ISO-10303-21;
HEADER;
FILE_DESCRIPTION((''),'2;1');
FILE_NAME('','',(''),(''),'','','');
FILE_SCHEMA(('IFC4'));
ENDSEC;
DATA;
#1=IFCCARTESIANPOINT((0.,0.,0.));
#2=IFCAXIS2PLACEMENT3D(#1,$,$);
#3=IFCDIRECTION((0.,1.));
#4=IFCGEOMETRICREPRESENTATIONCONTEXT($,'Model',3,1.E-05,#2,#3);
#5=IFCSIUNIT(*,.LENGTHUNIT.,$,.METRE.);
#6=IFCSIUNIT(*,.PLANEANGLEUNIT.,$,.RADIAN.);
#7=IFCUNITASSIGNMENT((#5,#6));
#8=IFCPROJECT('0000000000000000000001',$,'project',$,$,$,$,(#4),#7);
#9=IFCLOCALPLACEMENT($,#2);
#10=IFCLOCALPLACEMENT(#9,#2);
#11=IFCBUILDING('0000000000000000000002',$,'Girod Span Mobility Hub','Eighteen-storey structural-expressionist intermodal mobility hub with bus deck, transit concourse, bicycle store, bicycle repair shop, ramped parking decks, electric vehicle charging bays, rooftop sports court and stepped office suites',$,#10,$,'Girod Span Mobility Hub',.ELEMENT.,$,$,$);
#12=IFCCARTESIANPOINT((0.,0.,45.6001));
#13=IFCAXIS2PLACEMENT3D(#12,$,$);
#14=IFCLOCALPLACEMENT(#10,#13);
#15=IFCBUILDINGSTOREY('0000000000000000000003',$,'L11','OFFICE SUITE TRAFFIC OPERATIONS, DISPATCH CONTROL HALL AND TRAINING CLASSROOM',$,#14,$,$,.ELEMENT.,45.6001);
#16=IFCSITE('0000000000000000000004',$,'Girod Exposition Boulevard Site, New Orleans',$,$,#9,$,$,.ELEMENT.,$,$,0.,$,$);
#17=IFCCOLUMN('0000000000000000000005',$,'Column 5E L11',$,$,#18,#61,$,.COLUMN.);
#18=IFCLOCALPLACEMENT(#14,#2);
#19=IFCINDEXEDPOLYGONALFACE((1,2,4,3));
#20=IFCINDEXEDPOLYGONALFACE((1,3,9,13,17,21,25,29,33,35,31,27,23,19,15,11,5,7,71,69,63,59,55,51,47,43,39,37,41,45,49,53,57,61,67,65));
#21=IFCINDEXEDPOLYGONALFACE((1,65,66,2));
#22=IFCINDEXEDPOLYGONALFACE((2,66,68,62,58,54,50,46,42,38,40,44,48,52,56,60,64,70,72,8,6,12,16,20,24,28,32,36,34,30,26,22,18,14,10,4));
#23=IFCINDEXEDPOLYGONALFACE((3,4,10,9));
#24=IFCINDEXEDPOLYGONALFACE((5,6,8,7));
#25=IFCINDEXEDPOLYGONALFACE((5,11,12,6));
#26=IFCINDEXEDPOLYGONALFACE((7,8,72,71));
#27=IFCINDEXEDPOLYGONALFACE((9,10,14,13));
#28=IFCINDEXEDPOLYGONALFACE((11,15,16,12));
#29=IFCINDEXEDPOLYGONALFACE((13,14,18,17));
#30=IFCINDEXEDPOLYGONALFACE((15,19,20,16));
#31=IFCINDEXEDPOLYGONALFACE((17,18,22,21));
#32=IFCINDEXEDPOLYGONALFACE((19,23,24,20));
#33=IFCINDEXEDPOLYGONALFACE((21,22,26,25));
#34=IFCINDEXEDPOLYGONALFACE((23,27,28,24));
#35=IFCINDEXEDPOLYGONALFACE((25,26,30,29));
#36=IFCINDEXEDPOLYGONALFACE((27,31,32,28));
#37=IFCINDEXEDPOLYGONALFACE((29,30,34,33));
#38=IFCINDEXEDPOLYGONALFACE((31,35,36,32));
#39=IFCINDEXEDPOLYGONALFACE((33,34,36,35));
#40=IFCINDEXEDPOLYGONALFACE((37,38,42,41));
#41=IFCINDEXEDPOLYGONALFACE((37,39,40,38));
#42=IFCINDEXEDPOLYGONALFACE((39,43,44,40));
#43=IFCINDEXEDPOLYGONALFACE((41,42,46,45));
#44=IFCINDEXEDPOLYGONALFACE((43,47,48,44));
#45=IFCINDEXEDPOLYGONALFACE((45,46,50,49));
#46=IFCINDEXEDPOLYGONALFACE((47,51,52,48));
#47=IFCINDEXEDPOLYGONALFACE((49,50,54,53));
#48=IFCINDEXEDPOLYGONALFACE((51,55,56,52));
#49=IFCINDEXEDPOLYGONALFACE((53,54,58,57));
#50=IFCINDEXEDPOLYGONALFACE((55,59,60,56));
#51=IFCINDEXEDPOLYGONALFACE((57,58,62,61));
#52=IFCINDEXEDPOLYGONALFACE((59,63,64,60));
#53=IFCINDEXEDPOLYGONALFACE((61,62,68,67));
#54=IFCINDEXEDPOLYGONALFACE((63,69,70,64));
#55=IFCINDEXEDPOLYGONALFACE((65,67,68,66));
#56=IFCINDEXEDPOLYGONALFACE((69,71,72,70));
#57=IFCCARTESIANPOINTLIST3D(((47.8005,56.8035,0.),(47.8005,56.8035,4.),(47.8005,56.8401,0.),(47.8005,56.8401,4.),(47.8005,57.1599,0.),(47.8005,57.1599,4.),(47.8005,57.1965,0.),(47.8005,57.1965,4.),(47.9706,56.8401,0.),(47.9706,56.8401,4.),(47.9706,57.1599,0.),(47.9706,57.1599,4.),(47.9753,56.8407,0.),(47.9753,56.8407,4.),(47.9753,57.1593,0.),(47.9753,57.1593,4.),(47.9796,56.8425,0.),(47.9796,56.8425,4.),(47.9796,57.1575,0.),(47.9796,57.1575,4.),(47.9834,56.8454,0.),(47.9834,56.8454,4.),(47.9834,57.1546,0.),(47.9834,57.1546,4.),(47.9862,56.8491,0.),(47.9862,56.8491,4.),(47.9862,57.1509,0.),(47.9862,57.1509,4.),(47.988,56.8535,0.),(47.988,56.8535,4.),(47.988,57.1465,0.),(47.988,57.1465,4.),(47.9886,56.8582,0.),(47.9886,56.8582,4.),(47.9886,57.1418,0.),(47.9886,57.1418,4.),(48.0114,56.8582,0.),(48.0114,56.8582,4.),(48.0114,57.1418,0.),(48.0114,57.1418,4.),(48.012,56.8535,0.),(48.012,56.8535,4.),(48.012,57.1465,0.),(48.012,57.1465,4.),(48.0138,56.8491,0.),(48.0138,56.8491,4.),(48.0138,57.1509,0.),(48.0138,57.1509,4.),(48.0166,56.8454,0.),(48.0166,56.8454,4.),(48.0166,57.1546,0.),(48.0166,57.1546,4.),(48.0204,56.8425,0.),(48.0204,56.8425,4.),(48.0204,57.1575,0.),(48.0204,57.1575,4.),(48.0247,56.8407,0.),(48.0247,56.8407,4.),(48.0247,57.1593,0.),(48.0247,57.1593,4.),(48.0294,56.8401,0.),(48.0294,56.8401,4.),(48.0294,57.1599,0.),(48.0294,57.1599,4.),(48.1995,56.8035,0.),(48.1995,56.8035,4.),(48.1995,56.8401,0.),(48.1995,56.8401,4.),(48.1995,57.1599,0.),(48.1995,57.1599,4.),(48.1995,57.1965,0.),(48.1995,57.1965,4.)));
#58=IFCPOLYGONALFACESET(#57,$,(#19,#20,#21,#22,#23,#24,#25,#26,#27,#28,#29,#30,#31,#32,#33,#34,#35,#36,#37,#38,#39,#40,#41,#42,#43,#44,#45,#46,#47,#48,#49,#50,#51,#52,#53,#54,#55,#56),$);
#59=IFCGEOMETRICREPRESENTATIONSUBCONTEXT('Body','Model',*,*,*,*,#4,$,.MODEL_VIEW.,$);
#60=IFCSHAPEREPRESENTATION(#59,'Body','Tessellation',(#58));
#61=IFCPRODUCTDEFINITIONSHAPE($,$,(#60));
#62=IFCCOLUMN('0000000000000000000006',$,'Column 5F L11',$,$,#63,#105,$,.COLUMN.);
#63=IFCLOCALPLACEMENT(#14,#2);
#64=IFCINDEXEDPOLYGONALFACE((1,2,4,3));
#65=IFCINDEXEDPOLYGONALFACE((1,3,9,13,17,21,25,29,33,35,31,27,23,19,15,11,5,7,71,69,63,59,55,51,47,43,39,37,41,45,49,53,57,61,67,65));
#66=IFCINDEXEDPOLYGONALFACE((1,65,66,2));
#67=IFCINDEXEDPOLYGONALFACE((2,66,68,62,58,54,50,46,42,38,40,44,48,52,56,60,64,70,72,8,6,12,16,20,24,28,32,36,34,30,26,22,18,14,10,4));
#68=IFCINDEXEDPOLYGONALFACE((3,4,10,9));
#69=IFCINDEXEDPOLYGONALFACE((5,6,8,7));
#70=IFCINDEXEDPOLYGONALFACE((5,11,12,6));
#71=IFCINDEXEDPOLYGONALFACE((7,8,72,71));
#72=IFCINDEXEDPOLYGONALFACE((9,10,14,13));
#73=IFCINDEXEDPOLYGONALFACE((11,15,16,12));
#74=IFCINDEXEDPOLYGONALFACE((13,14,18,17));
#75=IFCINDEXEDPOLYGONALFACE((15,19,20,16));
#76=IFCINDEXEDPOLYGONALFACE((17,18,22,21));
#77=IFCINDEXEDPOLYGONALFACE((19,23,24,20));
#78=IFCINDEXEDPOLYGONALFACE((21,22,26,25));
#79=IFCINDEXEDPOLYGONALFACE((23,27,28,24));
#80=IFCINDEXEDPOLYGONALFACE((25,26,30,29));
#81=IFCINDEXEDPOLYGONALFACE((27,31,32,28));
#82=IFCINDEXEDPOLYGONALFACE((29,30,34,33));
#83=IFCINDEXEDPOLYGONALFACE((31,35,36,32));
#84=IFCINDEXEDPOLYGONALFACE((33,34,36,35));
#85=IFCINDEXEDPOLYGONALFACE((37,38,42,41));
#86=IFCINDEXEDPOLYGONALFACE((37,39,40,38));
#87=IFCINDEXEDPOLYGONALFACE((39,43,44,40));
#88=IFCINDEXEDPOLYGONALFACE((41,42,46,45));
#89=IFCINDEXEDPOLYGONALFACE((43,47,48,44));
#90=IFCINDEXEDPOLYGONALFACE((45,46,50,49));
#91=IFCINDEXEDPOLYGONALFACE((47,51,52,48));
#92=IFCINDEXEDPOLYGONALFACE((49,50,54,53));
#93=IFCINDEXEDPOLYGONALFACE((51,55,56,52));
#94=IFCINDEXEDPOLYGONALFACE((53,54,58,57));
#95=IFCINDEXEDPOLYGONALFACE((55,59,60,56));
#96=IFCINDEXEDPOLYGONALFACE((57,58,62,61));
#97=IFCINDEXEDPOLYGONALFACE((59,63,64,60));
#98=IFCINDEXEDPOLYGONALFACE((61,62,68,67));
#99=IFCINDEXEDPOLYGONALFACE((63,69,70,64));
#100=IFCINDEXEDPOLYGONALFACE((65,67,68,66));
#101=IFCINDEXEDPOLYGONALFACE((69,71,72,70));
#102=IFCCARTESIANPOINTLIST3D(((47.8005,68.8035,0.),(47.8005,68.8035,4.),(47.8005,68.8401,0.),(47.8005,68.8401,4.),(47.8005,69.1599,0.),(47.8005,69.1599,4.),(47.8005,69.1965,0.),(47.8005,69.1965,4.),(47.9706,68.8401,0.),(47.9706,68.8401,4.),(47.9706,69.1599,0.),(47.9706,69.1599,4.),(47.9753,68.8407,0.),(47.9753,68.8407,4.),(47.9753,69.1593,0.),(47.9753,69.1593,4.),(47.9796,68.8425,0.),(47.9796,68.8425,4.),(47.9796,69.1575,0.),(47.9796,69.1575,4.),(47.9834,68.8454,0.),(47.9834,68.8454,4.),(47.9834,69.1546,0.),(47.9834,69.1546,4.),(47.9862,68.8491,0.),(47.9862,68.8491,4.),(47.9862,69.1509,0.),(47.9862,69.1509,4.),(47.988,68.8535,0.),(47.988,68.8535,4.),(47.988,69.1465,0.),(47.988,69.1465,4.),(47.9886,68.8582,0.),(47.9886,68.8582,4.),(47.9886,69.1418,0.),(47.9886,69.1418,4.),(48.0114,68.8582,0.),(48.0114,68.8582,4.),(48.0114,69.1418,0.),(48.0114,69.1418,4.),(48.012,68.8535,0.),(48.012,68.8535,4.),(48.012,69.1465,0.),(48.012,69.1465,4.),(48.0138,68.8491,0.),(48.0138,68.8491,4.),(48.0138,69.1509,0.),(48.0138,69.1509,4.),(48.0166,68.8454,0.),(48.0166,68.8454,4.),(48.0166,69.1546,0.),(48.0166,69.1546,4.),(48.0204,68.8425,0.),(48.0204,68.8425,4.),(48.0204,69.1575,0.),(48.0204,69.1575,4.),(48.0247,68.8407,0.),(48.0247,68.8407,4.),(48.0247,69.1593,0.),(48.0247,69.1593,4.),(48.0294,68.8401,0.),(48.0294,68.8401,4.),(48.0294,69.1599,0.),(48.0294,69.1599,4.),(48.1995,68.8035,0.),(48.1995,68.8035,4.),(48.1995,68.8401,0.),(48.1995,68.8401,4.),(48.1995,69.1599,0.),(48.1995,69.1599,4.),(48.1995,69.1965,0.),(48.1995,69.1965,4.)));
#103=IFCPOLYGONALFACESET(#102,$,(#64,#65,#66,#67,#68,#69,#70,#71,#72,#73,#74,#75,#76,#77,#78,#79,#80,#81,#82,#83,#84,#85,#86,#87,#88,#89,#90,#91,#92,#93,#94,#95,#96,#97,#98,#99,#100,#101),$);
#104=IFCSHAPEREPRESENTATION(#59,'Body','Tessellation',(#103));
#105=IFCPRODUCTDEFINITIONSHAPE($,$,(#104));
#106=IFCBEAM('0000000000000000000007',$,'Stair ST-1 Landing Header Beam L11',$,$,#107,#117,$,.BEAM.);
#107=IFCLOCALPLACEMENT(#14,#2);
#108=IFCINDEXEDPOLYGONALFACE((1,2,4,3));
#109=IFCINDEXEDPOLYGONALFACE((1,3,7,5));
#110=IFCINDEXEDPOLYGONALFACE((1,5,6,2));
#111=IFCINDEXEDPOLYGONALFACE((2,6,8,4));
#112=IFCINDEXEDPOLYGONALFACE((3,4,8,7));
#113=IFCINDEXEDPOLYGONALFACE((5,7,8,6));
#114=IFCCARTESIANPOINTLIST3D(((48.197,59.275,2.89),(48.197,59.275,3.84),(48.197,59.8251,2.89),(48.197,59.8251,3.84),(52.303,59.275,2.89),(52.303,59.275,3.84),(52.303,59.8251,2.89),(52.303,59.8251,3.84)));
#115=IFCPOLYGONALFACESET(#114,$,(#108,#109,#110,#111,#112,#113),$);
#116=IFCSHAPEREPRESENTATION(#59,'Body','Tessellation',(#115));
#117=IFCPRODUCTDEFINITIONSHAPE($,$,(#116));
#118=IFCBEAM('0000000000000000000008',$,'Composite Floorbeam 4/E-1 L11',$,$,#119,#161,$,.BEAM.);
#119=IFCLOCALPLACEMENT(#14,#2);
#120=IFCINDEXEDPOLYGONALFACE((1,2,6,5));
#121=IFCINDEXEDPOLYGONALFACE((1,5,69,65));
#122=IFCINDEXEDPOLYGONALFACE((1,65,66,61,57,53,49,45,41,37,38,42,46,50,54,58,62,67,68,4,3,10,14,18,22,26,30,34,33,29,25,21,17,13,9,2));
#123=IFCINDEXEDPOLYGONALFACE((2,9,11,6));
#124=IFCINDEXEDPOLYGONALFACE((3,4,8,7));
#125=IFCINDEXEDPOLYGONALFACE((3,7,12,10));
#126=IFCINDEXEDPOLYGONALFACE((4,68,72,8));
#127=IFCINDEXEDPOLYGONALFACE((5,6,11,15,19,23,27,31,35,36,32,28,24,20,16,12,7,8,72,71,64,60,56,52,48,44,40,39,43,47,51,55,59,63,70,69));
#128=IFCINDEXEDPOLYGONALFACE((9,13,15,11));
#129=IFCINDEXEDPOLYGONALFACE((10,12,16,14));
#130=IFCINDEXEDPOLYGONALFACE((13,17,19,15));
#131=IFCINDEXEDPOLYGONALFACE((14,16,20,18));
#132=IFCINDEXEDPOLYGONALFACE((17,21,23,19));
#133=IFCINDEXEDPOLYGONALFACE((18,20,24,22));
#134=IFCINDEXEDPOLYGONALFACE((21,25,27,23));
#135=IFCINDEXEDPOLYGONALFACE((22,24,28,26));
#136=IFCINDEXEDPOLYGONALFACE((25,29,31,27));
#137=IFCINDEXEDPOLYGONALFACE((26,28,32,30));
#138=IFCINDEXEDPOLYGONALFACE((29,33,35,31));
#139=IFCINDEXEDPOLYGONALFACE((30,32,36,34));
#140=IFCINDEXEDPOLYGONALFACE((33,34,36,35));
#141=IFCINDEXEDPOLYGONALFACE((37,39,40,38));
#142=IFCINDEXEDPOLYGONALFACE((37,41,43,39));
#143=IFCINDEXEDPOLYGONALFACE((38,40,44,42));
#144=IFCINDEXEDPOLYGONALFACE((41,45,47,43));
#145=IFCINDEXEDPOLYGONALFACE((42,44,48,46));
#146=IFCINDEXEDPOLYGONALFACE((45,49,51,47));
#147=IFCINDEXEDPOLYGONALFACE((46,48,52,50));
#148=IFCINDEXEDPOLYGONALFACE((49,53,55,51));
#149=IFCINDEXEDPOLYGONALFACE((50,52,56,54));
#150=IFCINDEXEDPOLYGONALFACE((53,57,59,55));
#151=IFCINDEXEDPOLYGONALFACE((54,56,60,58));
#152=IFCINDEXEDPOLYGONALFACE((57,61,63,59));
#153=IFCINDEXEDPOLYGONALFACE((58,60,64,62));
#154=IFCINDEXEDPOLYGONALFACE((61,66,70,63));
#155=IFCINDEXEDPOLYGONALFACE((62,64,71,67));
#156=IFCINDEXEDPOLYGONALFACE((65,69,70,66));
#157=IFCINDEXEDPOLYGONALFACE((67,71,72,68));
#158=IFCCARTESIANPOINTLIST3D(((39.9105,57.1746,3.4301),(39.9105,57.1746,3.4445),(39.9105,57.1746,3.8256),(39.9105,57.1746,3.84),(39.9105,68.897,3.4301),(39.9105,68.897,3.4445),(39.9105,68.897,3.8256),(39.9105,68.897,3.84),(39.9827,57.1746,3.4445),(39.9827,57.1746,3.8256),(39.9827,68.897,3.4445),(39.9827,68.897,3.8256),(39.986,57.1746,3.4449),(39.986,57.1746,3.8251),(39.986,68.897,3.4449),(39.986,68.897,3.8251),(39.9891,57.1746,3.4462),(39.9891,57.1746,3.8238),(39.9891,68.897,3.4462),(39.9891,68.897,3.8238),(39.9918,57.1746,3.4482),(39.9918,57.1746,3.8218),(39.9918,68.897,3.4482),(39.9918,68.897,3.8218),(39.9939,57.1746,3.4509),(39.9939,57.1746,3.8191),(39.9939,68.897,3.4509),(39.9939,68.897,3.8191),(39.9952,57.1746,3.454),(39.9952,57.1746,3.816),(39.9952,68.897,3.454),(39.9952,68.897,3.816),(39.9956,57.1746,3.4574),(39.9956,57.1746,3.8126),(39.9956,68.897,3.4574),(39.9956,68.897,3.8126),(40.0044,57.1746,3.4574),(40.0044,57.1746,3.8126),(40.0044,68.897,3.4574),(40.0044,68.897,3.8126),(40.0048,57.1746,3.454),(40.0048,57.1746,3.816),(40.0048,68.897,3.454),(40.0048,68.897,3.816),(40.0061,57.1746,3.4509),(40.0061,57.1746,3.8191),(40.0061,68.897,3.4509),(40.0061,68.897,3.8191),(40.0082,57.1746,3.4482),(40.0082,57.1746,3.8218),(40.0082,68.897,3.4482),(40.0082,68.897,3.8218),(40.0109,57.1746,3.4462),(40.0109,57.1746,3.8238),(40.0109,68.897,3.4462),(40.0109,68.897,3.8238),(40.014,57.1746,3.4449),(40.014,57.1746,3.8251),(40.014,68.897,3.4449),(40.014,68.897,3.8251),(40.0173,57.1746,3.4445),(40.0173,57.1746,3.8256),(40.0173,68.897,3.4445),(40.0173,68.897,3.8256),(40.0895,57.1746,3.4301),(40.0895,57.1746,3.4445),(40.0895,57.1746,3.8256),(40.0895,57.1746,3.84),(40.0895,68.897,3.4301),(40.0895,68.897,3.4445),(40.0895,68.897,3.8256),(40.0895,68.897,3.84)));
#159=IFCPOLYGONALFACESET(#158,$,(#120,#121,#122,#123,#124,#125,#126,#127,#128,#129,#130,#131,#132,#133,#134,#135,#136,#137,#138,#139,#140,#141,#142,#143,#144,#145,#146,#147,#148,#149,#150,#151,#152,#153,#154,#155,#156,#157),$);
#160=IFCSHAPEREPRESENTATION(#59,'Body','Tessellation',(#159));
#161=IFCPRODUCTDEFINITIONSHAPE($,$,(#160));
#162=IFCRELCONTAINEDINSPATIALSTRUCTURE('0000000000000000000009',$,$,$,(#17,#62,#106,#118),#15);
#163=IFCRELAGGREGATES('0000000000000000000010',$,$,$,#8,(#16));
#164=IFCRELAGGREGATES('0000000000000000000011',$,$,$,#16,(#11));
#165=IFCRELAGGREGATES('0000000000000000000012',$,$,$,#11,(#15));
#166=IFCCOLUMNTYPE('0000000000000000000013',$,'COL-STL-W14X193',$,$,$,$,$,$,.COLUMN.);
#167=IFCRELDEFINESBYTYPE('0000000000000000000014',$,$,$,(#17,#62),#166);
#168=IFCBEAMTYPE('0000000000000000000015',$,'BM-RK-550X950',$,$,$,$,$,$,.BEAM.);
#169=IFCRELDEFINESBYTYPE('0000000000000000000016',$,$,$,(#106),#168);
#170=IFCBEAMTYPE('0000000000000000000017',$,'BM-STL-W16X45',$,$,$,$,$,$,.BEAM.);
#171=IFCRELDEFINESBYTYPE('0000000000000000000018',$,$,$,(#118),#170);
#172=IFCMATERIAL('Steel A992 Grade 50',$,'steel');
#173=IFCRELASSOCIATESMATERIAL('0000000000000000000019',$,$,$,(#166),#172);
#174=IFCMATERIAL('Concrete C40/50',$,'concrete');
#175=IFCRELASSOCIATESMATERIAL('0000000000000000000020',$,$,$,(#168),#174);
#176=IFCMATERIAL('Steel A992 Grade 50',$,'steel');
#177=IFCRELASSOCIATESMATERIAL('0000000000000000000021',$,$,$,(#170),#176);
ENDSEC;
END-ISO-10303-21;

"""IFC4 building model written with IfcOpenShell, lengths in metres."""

from ifc_helpers import new_model, si_unit, direction, frame, origin, origin_2d, place, context, subcontext, project, spatial, rectangle, i_section, extrude, material, material_profile, profile_set, type_object, element, save


model = new_model("IFC4")

# Units and contexts
model_context = context("Model", 3, precision=1e-05, world=origin(), true_north=direction((0.0, 1.0)))
body_context = subcontext(model_context, "Body", "Model", "MODEL_VIEW")
ifc_project = project(units=[si_unit("LENGTHUNIT", "METRE"), si_unit("PLANEANGLEUNIT", "RADIAN")], contexts=[model_context])

# Site, building, storey
site_placement = place(None, origin())
site = spatial("IfcSite", under=ifc_project, at=site_placement, Name="Girod Exposition Boulevard Site, New Orleans", CompositionType="ELEMENT", RefElevation=0.0)
building_placement = place(site_placement, origin())
building = spatial("IfcBuilding", under=site, at=building_placement, Name="Girod Span Mobility Hub", Description="Eighteen-storey structural-expressionist intermodal mobility hub with bus deck, transit concourse, bicycle store, bicycle repair shop, ramped parking decks, electric vehicle charging bays, rooftop sports court and stepped office suites", LongName="Girod Span Mobility Hub", CompositionType="ELEMENT")
storey_placement = place(building_placement, frame((0.0, 0.0, 45.6001)))
storey = spatial("IfcBuildingStorey", under=building, at=storey_placement, Name="L11", Description="OFFICE SUITE TRAFFIC OPERATIONS, DISPATCH CONTROL HALL AND TRAINING CLASSROOM", CompositionType="ELEMENT", Elevation=45.6001)

# Columns
ifc_material_1 = material(Name="Steel A992 Grade 50", Category="steel")
ifc_material_profile_1 = material_profile(ifc_material_1, i_section(OverallWidth=0.3989, OverallDepth=0.3931, WebThickness=0.0227, FlangeThickness=0.0366, FilletRadius=0.0181, at=origin_2d()), Name="W14X193")
ifc_profile_set_1 = profile_set([ifc_material_profile_1], Name="Steel A992 Grade 50")
column_type = type_object("IfcColumnType", Name="COL-STL-W14X193", PredefinedType="COLUMN", material=ifc_profile_set_1)
for number, where, z_axis, x_axis, name in (
    (1, (48.0, 57.0, 0.0), (0.0, 0.0, 1.0), (1.0, 0.0, 0.0), "Column 5E L11"),
    (2, (48.0, 69.0, 0.0), (0.0, 0.0, 1.0), (1.0, 0.0, 0.0), "Column 5F L11"),
):
    element("IfcColumn", number, at=place(storey_placement, frame(where, z_axis=z_axis, x_axis=x_axis)), inside=storey, type_object=column_type, Name=name, PredefinedType="COLUMN", context=body_context, shape_type="SweptSolid", body=[
        extrude(i_section(OverallWidth=0.3989, OverallDepth=0.3931, WebThickness=0.0227, FlangeThickness=0.0366, FilletRadius=0.0181, at=origin_2d()), origin(), (0.0, 0.0, 1.0), 4.0),
    ])

# Beams
ifc_material_2 = material(Name="Concrete C40/50", Category="concrete")
ifc_material_profile_2 = material_profile(ifc_material_2, rectangle(XDim=0.55, YDim=0.95, at=origin_2d()), Name="RK-550X950")
ifc_profile_set_2 = profile_set([ifc_material_profile_2], Name="Concrete C40/50")
beam_type_1 = type_object("IfcBeamType", Name="BM-RK-550X950", PredefinedType="BEAM", material=ifc_profile_set_2)
beam_1_placement = place(storey_placement, frame((48.197, 59.55, 3.365), z_axis=(1.0, 0.0, 0.0), x_axis=(0.0, 1.0, 0.0)))
element("IfcBeam", 3, at=beam_1_placement, inside=storey, type_object=beam_type_1, Name="Stair ST-1 Landing Header Beam L11", PredefinedType="BEAM", context=body_context, shape_type="SweptSolid", body=[
    extrude(rectangle(XDim=0.55, YDim=0.95, at=origin_2d()), origin(), (0.0, 0.0, 1.0), 4.106),
])
ifc_material_3 = material(Name="Steel A992 Grade 50", Category="steel")
ifc_material_profile_3 = material_profile(ifc_material_3, i_section(OverallWidth=0.179, OverallDepth=0.4099, WebThickness=0.0088, FlangeThickness=0.0144, FilletRadius=0.0129, at=origin_2d()), Name="W16X45")
ifc_profile_set_3 = profile_set([ifc_material_profile_3], Name="Steel A992 Grade 50")
beam_type_2 = type_object("IfcBeamType", Name="BM-STL-W16X45", PredefinedType="BEAM", material=ifc_profile_set_3)
for number, where, z_axis, x_axis, name in (
    (4, (40.0, 57.1746, 3.635), (0.0, 1.0, 0.0), (-1.0, 0.0, 0.0), "Composite Floorbeam 4/E-1 L11"),
):
    element("IfcBeam", number, at=place(storey_placement, frame(where, z_axis=z_axis, x_axis=x_axis)), inside=storey, type_object=beam_type_2, Name=name, PredefinedType="BEAM", context=body_context, shape_type="SweptSolid", body=[
        extrude(i_section(OverallWidth=0.179, OverallDepth=0.4099, WebThickness=0.0088, FlangeThickness=0.0144, FilletRadius=0.0129, at=origin_2d()), origin(), (0.0, 0.0, 1.0), 11.7224),
    ])

save(model, "model.ifc")
